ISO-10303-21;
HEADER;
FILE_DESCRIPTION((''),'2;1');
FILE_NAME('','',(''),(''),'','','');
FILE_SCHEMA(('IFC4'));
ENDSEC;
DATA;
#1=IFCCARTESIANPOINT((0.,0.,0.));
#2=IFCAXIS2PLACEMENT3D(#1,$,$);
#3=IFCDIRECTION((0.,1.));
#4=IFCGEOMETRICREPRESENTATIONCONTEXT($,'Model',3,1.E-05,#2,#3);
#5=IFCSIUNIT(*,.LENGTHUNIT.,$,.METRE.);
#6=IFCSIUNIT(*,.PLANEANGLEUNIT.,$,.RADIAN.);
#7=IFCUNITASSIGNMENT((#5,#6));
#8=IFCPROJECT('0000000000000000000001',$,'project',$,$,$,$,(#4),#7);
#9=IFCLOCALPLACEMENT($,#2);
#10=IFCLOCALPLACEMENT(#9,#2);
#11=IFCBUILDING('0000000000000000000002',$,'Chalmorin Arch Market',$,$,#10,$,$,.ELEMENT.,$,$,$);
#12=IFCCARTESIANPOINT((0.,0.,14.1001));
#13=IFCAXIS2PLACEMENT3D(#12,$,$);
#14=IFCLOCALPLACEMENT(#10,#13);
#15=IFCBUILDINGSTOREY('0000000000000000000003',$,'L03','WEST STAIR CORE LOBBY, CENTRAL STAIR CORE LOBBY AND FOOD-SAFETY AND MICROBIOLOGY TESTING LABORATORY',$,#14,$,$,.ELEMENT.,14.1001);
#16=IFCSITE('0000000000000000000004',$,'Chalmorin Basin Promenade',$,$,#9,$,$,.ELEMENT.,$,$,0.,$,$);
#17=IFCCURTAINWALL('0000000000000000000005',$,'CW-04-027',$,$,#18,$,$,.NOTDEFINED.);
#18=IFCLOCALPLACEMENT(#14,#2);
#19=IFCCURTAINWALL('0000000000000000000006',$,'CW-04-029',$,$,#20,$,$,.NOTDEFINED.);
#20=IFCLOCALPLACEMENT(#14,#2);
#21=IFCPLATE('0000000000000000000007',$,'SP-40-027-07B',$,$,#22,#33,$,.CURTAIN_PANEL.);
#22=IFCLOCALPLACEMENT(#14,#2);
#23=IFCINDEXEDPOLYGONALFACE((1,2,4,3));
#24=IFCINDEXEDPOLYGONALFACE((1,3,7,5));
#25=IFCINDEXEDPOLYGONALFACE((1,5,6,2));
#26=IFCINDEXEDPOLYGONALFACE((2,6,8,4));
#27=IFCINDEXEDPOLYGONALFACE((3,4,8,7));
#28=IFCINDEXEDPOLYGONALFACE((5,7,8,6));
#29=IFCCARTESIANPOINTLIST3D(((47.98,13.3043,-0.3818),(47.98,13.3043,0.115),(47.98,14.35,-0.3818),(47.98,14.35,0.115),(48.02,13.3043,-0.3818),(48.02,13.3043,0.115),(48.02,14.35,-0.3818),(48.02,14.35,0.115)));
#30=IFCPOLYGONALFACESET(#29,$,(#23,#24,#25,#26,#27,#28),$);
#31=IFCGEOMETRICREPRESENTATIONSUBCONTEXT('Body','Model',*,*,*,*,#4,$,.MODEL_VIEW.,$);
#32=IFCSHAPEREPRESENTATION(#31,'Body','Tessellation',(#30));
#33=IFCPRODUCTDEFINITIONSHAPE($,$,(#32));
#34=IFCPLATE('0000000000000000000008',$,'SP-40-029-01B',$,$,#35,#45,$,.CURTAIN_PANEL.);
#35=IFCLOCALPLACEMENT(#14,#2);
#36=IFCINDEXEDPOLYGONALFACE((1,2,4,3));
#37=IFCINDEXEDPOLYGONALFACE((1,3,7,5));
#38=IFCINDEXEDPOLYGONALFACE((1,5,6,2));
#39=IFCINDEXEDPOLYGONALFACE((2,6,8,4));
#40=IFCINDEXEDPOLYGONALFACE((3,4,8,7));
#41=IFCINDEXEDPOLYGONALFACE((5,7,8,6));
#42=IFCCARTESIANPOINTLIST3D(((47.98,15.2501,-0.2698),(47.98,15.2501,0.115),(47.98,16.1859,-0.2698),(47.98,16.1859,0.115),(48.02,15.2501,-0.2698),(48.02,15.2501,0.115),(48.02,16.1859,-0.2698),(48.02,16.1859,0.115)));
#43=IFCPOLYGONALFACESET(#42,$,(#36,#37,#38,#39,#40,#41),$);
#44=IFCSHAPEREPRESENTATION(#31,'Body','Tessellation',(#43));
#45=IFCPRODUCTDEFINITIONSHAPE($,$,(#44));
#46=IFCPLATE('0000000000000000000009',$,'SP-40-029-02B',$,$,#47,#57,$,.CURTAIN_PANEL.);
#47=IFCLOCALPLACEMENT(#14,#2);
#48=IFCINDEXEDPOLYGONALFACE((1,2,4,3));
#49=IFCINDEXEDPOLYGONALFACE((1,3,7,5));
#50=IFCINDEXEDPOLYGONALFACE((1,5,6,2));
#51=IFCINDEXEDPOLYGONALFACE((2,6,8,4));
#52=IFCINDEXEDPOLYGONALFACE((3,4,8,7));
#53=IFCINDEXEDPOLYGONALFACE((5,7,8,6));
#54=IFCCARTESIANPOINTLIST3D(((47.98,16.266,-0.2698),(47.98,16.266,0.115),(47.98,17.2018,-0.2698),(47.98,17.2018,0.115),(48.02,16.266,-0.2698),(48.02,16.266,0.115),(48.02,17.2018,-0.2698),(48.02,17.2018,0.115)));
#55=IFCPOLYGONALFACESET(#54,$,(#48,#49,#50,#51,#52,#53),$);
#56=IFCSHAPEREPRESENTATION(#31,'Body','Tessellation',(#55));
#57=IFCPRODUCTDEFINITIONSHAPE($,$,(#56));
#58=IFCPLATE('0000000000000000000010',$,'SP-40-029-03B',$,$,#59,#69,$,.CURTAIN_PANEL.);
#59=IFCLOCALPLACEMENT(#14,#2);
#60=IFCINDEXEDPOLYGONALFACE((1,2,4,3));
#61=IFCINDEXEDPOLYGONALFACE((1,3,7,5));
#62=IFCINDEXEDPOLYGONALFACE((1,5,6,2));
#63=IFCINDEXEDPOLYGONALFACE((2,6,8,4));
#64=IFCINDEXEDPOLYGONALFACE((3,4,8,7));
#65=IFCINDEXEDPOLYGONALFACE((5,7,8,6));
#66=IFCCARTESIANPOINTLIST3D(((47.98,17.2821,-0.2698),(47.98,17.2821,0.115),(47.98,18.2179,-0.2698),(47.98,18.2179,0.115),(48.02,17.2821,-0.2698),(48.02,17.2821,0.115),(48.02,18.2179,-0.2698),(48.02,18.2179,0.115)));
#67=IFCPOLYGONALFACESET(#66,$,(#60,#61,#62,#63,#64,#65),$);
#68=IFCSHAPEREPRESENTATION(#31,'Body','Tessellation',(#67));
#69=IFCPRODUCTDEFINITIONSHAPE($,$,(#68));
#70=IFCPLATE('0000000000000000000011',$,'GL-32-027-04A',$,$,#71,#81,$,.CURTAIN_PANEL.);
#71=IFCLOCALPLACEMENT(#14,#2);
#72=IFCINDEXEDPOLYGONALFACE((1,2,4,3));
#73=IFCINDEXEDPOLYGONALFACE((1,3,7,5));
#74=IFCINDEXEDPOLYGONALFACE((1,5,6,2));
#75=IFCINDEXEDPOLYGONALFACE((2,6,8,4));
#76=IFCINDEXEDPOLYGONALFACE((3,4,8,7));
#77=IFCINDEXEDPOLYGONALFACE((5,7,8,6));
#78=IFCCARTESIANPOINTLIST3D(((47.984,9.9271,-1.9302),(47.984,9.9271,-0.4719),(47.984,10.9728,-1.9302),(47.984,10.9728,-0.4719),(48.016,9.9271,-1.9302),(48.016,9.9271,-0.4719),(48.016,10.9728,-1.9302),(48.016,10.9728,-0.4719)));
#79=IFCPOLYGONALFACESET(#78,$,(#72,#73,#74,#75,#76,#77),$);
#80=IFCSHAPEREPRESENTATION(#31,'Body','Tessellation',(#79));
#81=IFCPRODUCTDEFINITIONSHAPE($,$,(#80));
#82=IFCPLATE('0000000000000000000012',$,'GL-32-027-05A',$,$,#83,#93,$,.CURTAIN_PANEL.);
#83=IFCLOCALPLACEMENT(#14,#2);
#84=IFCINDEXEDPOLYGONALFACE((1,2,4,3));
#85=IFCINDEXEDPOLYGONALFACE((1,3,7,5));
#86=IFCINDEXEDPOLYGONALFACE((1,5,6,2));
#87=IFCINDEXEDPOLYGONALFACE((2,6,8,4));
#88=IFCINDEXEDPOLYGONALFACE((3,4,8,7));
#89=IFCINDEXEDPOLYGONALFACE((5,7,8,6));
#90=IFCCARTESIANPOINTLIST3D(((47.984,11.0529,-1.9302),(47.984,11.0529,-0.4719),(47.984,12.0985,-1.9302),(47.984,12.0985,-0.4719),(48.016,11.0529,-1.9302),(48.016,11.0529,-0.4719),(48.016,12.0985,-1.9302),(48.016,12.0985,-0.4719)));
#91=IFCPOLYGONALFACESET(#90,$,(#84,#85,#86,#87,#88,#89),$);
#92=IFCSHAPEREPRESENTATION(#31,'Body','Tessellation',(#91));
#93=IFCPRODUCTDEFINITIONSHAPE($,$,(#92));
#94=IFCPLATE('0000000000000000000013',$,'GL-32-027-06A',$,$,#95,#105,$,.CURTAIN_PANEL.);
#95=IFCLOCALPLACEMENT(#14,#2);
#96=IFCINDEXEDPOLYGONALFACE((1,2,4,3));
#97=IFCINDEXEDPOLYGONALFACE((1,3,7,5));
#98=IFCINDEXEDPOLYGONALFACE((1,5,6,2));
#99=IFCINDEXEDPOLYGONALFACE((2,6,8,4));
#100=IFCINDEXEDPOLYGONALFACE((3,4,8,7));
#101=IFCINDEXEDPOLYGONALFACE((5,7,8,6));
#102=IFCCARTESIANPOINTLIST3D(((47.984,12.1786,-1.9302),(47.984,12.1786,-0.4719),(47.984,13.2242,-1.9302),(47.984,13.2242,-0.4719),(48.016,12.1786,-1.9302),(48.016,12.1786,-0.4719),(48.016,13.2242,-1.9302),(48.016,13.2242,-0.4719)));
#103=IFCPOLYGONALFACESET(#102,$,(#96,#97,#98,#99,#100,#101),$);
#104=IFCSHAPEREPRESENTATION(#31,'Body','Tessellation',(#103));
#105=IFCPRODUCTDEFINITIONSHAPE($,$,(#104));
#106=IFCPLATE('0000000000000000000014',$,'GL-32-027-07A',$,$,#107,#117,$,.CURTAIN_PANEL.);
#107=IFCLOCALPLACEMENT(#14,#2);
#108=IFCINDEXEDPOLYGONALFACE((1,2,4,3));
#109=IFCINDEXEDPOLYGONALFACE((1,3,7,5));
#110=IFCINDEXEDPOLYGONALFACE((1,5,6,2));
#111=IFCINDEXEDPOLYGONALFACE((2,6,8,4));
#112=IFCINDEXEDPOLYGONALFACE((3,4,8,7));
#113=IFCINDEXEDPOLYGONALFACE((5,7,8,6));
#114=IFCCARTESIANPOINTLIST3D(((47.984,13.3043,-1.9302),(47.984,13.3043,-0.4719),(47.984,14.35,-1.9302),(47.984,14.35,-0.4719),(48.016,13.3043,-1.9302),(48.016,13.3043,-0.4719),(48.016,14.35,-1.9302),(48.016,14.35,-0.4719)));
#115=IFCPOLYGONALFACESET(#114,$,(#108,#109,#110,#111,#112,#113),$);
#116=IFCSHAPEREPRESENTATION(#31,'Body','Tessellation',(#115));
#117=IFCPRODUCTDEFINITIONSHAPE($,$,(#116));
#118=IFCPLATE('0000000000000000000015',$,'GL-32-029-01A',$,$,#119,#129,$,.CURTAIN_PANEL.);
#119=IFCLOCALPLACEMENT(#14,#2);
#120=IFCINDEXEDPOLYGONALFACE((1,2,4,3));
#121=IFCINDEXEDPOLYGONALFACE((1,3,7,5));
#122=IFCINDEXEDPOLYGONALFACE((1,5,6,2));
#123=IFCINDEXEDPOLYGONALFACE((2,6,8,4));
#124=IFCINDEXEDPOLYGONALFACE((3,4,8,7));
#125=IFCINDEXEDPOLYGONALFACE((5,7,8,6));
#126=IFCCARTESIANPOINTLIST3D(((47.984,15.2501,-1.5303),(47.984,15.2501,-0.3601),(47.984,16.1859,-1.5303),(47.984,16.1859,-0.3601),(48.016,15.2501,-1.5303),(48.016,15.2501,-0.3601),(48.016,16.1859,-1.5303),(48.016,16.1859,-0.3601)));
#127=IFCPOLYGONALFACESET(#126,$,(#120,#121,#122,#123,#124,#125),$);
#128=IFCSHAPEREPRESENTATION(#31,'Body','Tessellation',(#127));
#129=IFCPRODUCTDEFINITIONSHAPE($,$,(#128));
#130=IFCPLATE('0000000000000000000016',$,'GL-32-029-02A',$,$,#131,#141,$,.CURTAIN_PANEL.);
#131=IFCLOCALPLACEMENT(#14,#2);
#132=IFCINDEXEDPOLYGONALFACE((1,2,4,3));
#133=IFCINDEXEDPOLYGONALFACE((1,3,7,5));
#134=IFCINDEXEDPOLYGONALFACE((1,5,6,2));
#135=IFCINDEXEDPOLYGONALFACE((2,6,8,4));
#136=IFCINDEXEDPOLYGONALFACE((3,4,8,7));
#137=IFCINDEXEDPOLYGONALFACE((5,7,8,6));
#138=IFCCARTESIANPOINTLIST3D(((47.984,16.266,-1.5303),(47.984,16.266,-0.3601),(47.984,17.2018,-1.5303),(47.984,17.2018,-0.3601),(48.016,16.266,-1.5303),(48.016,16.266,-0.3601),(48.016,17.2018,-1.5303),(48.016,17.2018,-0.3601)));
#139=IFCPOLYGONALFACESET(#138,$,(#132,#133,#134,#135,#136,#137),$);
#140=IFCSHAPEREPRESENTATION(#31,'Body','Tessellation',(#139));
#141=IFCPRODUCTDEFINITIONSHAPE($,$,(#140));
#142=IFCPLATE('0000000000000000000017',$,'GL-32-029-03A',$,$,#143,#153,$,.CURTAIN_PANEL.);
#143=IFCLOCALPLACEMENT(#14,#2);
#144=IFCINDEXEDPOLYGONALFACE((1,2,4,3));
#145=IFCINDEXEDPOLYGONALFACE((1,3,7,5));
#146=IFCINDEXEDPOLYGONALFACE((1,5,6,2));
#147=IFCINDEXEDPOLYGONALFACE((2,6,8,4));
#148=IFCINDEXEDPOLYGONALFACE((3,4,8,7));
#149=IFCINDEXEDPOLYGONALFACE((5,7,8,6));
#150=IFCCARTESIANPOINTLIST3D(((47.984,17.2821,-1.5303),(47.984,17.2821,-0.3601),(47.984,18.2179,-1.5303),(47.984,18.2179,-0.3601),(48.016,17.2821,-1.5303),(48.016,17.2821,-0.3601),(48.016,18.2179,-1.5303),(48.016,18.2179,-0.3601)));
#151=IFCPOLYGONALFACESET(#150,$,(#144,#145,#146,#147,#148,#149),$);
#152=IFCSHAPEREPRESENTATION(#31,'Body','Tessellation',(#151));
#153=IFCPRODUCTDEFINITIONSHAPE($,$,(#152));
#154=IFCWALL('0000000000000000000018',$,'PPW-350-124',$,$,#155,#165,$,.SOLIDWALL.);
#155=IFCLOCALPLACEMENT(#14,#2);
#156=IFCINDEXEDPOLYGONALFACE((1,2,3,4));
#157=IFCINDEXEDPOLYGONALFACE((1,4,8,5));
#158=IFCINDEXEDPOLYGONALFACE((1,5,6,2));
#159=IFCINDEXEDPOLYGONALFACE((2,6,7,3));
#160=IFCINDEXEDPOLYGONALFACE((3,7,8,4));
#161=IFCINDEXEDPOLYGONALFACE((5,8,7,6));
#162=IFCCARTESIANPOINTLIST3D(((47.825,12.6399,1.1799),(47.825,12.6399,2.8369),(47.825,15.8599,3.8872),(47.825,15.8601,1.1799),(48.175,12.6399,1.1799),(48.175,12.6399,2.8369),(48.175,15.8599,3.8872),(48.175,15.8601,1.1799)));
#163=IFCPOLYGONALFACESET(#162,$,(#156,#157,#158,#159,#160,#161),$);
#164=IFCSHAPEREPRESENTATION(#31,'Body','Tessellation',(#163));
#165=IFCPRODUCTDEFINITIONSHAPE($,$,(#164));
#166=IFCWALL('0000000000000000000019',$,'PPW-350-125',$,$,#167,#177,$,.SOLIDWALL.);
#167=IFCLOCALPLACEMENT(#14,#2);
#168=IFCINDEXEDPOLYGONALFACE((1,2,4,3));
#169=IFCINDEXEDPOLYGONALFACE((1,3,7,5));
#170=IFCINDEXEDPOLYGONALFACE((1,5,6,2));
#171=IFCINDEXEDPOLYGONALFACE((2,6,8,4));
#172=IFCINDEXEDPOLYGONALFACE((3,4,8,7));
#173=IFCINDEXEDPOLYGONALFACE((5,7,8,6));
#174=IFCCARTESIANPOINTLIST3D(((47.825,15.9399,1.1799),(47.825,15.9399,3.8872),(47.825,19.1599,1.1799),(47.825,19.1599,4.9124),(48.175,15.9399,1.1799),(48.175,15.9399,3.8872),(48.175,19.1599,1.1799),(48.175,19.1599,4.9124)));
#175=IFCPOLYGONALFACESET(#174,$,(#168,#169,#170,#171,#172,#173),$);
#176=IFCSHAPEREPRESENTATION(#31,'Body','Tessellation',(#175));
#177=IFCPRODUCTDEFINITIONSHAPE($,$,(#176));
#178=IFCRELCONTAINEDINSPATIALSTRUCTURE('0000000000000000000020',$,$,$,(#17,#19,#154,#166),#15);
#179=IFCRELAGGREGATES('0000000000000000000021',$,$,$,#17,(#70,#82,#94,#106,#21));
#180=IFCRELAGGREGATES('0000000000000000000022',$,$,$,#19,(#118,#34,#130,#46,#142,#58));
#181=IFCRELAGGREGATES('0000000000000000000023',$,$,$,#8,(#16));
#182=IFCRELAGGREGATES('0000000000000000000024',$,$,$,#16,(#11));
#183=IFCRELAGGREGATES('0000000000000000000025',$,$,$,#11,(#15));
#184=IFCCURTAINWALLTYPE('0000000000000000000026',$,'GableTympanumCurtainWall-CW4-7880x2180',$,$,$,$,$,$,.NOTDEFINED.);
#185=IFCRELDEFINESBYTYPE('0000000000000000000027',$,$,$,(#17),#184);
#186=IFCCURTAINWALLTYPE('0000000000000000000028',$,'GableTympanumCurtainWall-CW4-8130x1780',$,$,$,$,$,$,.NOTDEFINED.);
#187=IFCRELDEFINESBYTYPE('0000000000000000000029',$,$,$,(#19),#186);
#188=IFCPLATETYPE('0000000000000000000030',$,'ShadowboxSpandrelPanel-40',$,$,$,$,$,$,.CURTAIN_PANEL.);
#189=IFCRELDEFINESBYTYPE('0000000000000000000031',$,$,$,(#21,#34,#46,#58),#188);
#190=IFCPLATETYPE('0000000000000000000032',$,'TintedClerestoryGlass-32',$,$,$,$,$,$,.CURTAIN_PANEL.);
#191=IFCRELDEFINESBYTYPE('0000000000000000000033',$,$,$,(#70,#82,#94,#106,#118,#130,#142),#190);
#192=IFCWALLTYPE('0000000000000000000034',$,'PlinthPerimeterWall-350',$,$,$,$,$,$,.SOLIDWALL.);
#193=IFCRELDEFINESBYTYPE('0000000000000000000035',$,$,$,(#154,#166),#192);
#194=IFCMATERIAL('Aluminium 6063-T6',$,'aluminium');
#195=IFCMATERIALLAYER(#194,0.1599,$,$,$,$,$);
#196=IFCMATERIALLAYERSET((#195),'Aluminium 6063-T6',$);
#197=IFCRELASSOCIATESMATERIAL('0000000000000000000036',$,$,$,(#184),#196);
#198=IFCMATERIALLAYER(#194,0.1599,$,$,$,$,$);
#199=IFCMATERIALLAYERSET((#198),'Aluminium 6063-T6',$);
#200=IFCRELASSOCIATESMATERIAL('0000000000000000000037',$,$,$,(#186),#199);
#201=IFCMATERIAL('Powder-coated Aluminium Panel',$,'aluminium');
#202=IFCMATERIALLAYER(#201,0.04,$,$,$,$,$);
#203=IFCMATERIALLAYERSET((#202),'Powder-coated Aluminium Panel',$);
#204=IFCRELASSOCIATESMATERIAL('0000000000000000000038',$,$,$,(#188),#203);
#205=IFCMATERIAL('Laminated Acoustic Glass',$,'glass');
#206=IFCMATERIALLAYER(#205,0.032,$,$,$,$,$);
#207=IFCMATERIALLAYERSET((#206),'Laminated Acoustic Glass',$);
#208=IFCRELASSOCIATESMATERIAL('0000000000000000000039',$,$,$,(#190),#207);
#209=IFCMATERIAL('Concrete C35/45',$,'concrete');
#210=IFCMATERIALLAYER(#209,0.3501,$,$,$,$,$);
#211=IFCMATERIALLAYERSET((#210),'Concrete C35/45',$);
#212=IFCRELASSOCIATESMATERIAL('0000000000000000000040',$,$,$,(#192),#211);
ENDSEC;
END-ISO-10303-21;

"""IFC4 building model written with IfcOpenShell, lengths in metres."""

from ifc_helpers import new_model, si_unit, direction, frame, origin, origin_2d, place, context, subcontext, project, spatial, polyline, rectangle, outline, extrude, material, layer, layer_set, type_object, element, aggregate, save


model = new_model("IFC4")

# Units and contexts
model_context = context("Model", 3, precision=1e-05, world=origin(), true_north=direction((0.0, 1.0)))
body_context = subcontext(model_context, "Body", "Model", "MODEL_VIEW")
ifc_project = project(units=[si_unit("LENGTHUNIT", "METRE"), si_unit("PLANEANGLEUNIT", "RADIAN")], contexts=[model_context])

# Site, building, storey
site_placement = place(None, origin())
site = spatial("IfcSite", under=ifc_project, at=site_placement, Name="Chalmorin Basin Promenade", CompositionType="ELEMENT", RefElevation=0.0)
building_placement = place(site_placement, origin())
building = spatial("IfcBuilding", under=site, at=building_placement, Name="Chalmorin Arch Market", CompositionType="ELEMENT")
storey_placement = place(building_placement, frame((0.0, 0.0, 14.1001)))
storey = spatial("IfcBuildingStorey", under=building, at=storey_placement, Name="L03", Description="WEST STAIR CORE LOBBY, CENTRAL STAIR CORE LOBBY AND FOOD-SAFETY AND MICROBIOLOGY TESTING LABORATORY", CompositionType="ELEMENT", Elevation=14.1001)

# Curtain walls
ifc_material_1 = material(Name="Aluminium 6063-T6", Category="aluminium")
ifc_layer_1 = layer(ifc_material_1, 0.1599)
ifc_layer_set_1 = layer_set([ifc_layer_1], Name="Aluminium 6063-T6")
curtain_wall_type_1 = type_object("IfcCurtainWallType", Name="GableTympanumCurtainWall-CW4-7880x2180", PredefinedType="NOTDEFINED", material=ifc_layer_set_1)
curtain_wall_1_placement = place(storey_placement, origin())
curtain_wall_1 = element("IfcCurtainWall", 1, at=curtain_wall_1_placement, inside=storey, type_object=curtain_wall_type_1, Name="CW-04-027", PredefinedType="NOTDEFINED")
ifc_layer_2 = layer(ifc_material_1, 0.1599)
ifc_layer_set_2 = layer_set([ifc_layer_2], Name="Aluminium 6063-T6")
curtain_wall_type_2 = type_object("IfcCurtainWallType", Name="GableTympanumCurtainWall-CW4-8130x1780", PredefinedType="NOTDEFINED", material=ifc_layer_set_2)
curtain_wall_2_placement = place(storey_placement, origin())
curtain_wall_2 = element("IfcCurtainWall", 2, at=curtain_wall_2_placement, inside=storey, type_object=curtain_wall_type_2, Name="CW-04-029", PredefinedType="NOTDEFINED")

# Plates
ifc_material_2 = material(Name="Powder-coated Aluminium Panel", Category="aluminium")
ifc_layer_3 = layer(ifc_material_2, 0.04)
ifc_layer_set_3 = layer_set([ifc_layer_3], Name="Powder-coated Aluminium Panel")
plate_type_1 = type_object("IfcPlateType", Name="ShadowboxSpandrelPanel-40", PredefinedType="CURTAIN_PANEL", material=ifc_layer_set_3)
plate_1_placement = place(storey_placement, frame((48.0, 13.8271, -0.3818), z_axis=(0.0, 0.0, 1.0), x_axis=(0.0, 1.0, 0.0)))
plate_1 = element("IfcPlate", 3, at=plate_1_placement, type_object=plate_type_1, Name="SP-40-027-07B", PredefinedType="CURTAIN_PANEL", context=body_context, shape_type="SweptSolid", body=[
    extrude(rectangle(XDim=1.0457, YDim=0.04, at=origin_2d()), origin(), (0.0, 0.0, 1.0), 0.4968),
])
plate_2_placement = place(storey_placement, frame((48.0, 15.718, -0.2698), z_axis=(0.0, 0.0, 1.0), x_axis=(0.0, 1.0, 0.0)))
plate_2 = element("IfcPlate", 4, at=plate_2_placement, type_object=plate_type_1, Name="SP-40-029-01B", PredefinedType="CURTAIN_PANEL", context=body_context, shape_type="SweptSolid", body=[
    extrude(rectangle(XDim=0.9358, YDim=0.04, at=origin_2d()), origin(), (0.0, 0.0, 1.0), 0.3848),
])
plate_3_placement = place(storey_placement, frame((48.0, 16.7339, -0.2698), z_axis=(0.0, 0.0, 1.0), x_axis=(0.0, 1.0, 0.0)))
plate_3 = element("IfcPlate", 5, at=plate_3_placement, type_object=plate_type_1, Name="SP-40-029-02B", PredefinedType="CURTAIN_PANEL", context=body_context, shape_type="SweptSolid", body=[
    extrude(rectangle(XDim=0.9358, YDim=0.04, at=origin_2d()), origin(), (0.0, 0.0, 1.0), 0.3848),
])
plate_4_placement = place(storey_placement, frame((48.0, 17.75, -0.2698), z_axis=(0.0, 0.0, 1.0), x_axis=(0.0, 1.0, 0.0)))
plate_4 = element("IfcPlate", 6, at=plate_4_placement, type_object=plate_type_1, Name="SP-40-029-03B", PredefinedType="CURTAIN_PANEL", context=body_context, shape_type="SweptSolid", body=[
    extrude(rectangle(XDim=0.9358, YDim=0.04, at=origin_2d()), origin(), (0.0, 0.0, 1.0), 0.3848),
])
ifc_material_3 = material(Name="Laminated Acoustic Glass", Category="glass")
ifc_layer_4 = layer(ifc_material_3, 0.032)
ifc_layer_set_4 = layer_set([ifc_layer_4], Name="Laminated Acoustic Glass")
plate_type_2 = type_object("IfcPlateType", Name="TintedClerestoryGlass-32", PredefinedType="CURTAIN_PANEL", material=ifc_layer_set_4)
plate_5_placement = place(storey_placement, frame((48.0, 10.45, -1.9302), z_axis=(0.0, 0.0, 1.0), x_axis=(0.0, 1.0, 0.0)))
plate_5 = element("IfcPlate", 7, at=plate_5_placement, type_object=plate_type_2, Name="GL-32-027-04A", PredefinedType="CURTAIN_PANEL", context=body_context, shape_type="SweptSolid", body=[
    extrude(rectangle(XDim=1.0457, YDim=0.032, at=origin_2d()), origin(), (0.0, 0.0, 1.0), 1.4583),
])
plate_6_placement = place(storey_placement, frame((48.0, 11.5757, -1.9302), z_axis=(0.0, 0.0, 1.0), x_axis=(0.0, 1.0, 0.0)))
plate_6 = element("IfcPlate", 8, at=plate_6_placement, type_object=plate_type_2, Name="GL-32-027-05A", PredefinedType="CURTAIN_PANEL", context=body_context, shape_type="SweptSolid", body=[
    extrude(rectangle(XDim=1.0457, YDim=0.032, at=origin_2d()), origin(), (0.0, 0.0, 1.0), 1.4583),
])
plate_7_placement = place(storey_placement, frame((48.0, 12.7014, -1.9302), z_axis=(0.0, 0.0, 1.0), x_axis=(0.0, 1.0, 0.0)))
plate_7 = element("IfcPlate", 9, at=plate_7_placement, type_object=plate_type_2, Name="GL-32-027-06A", PredefinedType="CURTAIN_PANEL", context=body_context, shape_type="SweptSolid", body=[
    extrude(rectangle(XDim=1.0457, YDim=0.032, at=origin_2d()), origin(), (0.0, 0.0, 1.0), 1.4583),
])
plate_8_placement = place(storey_placement, frame((48.0, 13.8271, -1.9302), z_axis=(0.0, 0.0, 1.0), x_axis=(0.0, 1.0, 0.0)))
plate_8 = element("IfcPlate", 10, at=plate_8_placement, type_object=plate_type_2, Name="GL-32-027-07A", PredefinedType="CURTAIN_PANEL", context=body_context, shape_type="SweptSolid", body=[
    extrude(rectangle(XDim=1.0457, YDim=0.032, at=origin_2d()), origin(), (0.0, 0.0, 1.0), 1.4583),
])
aggregate(curtain_wall_1, [plate_5, plate_6, plate_7, plate_8, plate_1])
plate_9_placement = place(storey_placement, frame((48.0, 15.718, -1.5303), z_axis=(0.0, 0.0, 1.0), x_axis=(0.0, 1.0, 0.0)))
plate_9 = element("IfcPlate", 11, at=plate_9_placement, type_object=plate_type_2, Name="GL-32-029-01A", PredefinedType="CURTAIN_PANEL", context=body_context, shape_type="SweptSolid", body=[
    extrude(rectangle(XDim=0.9358, YDim=0.032, at=origin_2d()), origin(), (0.0, 0.0, 1.0), 1.1702),
])
plate_10_placement = place(storey_placement, frame((48.0, 16.7339, -1.5303), z_axis=(0.0, 0.0, 1.0), x_axis=(0.0, 1.0, 0.0)))
plate_10 = element("IfcPlate", 12, at=plate_10_placement, type_object=plate_type_2, Name="GL-32-029-02A", PredefinedType="CURTAIN_PANEL", context=body_context, shape_type="SweptSolid", body=[
    extrude(rectangle(XDim=0.9358, YDim=0.032, at=origin_2d()), origin(), (0.0, 0.0, 1.0), 1.1702),
])
plate_11_placement = place(storey_placement, frame((48.0, 17.75, -1.5303), z_axis=(0.0, 0.0, 1.0), x_axis=(0.0, 1.0, 0.0)))
plate_11 = element("IfcPlate", 13, at=plate_11_placement, type_object=plate_type_2, Name="GL-32-029-03A", PredefinedType="CURTAIN_PANEL", context=body_context, shape_type="SweptSolid", body=[
    extrude(rectangle(XDim=0.9358, YDim=0.032, at=origin_2d()), origin(), (0.0, 0.0, 1.0), 1.1702),
])
aggregate(curtain_wall_2, [plate_9, plate_2, plate_10, plate_3, plate_11, plate_4])

# Walls
ifc_material_4 = material(Name="Concrete C35/45", Category="concrete")
ifc_layer_5 = layer(ifc_material_4, 0.3501)
ifc_layer_set_5 = layer_set([ifc_layer_5], Name="Concrete C35/45")
wall_type = type_object("IfcWallType", Name="PlinthPerimeterWall-350", PredefinedType="SOLIDWALL", material=ifc_layer_set_5)
wall_1_placement = place(storey_placement, frame((48.0, 12.6399, 1.1799), z_axis=(0.0, 0.0, 1.0), x_axis=(0.0, 1.0, 0.0)))
element("IfcWall", 14, at=wall_1_placement, inside=storey, type_object=wall_type, Name="PPW-350-124", PredefinedType="SOLIDWALL", context=body_context, shape_type="SweptSolid", body=[
    extrude(outline(polyline([(0.0, 0.0), (3.2202, 0.0), (3.22, 2.7073), (0.0, 1.657), (0.0, 0.0)])), frame((0.0, 0.175, 0.0), z_axis=(0.0, -1.0, 0.0), x_axis=(1.0, 0.0, 0.0)), (0.0, 0.0, 1.0), 0.3501),
])
wall_2_placement = place(storey_placement, frame((48.0, 15.9399, 1.1799), z_axis=(0.0, 0.0, 1.0), x_axis=(0.0, 1.0, 0.0)))
element("IfcWall", 15, at=wall_2_placement, inside=storey, type_object=wall_type, Name="PPW-350-125", PredefinedType="SOLIDWALL", context=body_context, shape_type="SweptSolid", body=[
    extrude(outline(polyline([(0.0, 0.0), (3.22, 0.0), (3.22, 3.7324), (0.0, 2.7073), (0.0, 0.0)])), frame((0.0, 0.175, 0.0), z_axis=(0.0, -1.0, 0.0), x_axis=(1.0, 0.0, 0.0)), (0.0, 0.0, 1.0), 0.3501),
])

save(model, "model.ifc")
